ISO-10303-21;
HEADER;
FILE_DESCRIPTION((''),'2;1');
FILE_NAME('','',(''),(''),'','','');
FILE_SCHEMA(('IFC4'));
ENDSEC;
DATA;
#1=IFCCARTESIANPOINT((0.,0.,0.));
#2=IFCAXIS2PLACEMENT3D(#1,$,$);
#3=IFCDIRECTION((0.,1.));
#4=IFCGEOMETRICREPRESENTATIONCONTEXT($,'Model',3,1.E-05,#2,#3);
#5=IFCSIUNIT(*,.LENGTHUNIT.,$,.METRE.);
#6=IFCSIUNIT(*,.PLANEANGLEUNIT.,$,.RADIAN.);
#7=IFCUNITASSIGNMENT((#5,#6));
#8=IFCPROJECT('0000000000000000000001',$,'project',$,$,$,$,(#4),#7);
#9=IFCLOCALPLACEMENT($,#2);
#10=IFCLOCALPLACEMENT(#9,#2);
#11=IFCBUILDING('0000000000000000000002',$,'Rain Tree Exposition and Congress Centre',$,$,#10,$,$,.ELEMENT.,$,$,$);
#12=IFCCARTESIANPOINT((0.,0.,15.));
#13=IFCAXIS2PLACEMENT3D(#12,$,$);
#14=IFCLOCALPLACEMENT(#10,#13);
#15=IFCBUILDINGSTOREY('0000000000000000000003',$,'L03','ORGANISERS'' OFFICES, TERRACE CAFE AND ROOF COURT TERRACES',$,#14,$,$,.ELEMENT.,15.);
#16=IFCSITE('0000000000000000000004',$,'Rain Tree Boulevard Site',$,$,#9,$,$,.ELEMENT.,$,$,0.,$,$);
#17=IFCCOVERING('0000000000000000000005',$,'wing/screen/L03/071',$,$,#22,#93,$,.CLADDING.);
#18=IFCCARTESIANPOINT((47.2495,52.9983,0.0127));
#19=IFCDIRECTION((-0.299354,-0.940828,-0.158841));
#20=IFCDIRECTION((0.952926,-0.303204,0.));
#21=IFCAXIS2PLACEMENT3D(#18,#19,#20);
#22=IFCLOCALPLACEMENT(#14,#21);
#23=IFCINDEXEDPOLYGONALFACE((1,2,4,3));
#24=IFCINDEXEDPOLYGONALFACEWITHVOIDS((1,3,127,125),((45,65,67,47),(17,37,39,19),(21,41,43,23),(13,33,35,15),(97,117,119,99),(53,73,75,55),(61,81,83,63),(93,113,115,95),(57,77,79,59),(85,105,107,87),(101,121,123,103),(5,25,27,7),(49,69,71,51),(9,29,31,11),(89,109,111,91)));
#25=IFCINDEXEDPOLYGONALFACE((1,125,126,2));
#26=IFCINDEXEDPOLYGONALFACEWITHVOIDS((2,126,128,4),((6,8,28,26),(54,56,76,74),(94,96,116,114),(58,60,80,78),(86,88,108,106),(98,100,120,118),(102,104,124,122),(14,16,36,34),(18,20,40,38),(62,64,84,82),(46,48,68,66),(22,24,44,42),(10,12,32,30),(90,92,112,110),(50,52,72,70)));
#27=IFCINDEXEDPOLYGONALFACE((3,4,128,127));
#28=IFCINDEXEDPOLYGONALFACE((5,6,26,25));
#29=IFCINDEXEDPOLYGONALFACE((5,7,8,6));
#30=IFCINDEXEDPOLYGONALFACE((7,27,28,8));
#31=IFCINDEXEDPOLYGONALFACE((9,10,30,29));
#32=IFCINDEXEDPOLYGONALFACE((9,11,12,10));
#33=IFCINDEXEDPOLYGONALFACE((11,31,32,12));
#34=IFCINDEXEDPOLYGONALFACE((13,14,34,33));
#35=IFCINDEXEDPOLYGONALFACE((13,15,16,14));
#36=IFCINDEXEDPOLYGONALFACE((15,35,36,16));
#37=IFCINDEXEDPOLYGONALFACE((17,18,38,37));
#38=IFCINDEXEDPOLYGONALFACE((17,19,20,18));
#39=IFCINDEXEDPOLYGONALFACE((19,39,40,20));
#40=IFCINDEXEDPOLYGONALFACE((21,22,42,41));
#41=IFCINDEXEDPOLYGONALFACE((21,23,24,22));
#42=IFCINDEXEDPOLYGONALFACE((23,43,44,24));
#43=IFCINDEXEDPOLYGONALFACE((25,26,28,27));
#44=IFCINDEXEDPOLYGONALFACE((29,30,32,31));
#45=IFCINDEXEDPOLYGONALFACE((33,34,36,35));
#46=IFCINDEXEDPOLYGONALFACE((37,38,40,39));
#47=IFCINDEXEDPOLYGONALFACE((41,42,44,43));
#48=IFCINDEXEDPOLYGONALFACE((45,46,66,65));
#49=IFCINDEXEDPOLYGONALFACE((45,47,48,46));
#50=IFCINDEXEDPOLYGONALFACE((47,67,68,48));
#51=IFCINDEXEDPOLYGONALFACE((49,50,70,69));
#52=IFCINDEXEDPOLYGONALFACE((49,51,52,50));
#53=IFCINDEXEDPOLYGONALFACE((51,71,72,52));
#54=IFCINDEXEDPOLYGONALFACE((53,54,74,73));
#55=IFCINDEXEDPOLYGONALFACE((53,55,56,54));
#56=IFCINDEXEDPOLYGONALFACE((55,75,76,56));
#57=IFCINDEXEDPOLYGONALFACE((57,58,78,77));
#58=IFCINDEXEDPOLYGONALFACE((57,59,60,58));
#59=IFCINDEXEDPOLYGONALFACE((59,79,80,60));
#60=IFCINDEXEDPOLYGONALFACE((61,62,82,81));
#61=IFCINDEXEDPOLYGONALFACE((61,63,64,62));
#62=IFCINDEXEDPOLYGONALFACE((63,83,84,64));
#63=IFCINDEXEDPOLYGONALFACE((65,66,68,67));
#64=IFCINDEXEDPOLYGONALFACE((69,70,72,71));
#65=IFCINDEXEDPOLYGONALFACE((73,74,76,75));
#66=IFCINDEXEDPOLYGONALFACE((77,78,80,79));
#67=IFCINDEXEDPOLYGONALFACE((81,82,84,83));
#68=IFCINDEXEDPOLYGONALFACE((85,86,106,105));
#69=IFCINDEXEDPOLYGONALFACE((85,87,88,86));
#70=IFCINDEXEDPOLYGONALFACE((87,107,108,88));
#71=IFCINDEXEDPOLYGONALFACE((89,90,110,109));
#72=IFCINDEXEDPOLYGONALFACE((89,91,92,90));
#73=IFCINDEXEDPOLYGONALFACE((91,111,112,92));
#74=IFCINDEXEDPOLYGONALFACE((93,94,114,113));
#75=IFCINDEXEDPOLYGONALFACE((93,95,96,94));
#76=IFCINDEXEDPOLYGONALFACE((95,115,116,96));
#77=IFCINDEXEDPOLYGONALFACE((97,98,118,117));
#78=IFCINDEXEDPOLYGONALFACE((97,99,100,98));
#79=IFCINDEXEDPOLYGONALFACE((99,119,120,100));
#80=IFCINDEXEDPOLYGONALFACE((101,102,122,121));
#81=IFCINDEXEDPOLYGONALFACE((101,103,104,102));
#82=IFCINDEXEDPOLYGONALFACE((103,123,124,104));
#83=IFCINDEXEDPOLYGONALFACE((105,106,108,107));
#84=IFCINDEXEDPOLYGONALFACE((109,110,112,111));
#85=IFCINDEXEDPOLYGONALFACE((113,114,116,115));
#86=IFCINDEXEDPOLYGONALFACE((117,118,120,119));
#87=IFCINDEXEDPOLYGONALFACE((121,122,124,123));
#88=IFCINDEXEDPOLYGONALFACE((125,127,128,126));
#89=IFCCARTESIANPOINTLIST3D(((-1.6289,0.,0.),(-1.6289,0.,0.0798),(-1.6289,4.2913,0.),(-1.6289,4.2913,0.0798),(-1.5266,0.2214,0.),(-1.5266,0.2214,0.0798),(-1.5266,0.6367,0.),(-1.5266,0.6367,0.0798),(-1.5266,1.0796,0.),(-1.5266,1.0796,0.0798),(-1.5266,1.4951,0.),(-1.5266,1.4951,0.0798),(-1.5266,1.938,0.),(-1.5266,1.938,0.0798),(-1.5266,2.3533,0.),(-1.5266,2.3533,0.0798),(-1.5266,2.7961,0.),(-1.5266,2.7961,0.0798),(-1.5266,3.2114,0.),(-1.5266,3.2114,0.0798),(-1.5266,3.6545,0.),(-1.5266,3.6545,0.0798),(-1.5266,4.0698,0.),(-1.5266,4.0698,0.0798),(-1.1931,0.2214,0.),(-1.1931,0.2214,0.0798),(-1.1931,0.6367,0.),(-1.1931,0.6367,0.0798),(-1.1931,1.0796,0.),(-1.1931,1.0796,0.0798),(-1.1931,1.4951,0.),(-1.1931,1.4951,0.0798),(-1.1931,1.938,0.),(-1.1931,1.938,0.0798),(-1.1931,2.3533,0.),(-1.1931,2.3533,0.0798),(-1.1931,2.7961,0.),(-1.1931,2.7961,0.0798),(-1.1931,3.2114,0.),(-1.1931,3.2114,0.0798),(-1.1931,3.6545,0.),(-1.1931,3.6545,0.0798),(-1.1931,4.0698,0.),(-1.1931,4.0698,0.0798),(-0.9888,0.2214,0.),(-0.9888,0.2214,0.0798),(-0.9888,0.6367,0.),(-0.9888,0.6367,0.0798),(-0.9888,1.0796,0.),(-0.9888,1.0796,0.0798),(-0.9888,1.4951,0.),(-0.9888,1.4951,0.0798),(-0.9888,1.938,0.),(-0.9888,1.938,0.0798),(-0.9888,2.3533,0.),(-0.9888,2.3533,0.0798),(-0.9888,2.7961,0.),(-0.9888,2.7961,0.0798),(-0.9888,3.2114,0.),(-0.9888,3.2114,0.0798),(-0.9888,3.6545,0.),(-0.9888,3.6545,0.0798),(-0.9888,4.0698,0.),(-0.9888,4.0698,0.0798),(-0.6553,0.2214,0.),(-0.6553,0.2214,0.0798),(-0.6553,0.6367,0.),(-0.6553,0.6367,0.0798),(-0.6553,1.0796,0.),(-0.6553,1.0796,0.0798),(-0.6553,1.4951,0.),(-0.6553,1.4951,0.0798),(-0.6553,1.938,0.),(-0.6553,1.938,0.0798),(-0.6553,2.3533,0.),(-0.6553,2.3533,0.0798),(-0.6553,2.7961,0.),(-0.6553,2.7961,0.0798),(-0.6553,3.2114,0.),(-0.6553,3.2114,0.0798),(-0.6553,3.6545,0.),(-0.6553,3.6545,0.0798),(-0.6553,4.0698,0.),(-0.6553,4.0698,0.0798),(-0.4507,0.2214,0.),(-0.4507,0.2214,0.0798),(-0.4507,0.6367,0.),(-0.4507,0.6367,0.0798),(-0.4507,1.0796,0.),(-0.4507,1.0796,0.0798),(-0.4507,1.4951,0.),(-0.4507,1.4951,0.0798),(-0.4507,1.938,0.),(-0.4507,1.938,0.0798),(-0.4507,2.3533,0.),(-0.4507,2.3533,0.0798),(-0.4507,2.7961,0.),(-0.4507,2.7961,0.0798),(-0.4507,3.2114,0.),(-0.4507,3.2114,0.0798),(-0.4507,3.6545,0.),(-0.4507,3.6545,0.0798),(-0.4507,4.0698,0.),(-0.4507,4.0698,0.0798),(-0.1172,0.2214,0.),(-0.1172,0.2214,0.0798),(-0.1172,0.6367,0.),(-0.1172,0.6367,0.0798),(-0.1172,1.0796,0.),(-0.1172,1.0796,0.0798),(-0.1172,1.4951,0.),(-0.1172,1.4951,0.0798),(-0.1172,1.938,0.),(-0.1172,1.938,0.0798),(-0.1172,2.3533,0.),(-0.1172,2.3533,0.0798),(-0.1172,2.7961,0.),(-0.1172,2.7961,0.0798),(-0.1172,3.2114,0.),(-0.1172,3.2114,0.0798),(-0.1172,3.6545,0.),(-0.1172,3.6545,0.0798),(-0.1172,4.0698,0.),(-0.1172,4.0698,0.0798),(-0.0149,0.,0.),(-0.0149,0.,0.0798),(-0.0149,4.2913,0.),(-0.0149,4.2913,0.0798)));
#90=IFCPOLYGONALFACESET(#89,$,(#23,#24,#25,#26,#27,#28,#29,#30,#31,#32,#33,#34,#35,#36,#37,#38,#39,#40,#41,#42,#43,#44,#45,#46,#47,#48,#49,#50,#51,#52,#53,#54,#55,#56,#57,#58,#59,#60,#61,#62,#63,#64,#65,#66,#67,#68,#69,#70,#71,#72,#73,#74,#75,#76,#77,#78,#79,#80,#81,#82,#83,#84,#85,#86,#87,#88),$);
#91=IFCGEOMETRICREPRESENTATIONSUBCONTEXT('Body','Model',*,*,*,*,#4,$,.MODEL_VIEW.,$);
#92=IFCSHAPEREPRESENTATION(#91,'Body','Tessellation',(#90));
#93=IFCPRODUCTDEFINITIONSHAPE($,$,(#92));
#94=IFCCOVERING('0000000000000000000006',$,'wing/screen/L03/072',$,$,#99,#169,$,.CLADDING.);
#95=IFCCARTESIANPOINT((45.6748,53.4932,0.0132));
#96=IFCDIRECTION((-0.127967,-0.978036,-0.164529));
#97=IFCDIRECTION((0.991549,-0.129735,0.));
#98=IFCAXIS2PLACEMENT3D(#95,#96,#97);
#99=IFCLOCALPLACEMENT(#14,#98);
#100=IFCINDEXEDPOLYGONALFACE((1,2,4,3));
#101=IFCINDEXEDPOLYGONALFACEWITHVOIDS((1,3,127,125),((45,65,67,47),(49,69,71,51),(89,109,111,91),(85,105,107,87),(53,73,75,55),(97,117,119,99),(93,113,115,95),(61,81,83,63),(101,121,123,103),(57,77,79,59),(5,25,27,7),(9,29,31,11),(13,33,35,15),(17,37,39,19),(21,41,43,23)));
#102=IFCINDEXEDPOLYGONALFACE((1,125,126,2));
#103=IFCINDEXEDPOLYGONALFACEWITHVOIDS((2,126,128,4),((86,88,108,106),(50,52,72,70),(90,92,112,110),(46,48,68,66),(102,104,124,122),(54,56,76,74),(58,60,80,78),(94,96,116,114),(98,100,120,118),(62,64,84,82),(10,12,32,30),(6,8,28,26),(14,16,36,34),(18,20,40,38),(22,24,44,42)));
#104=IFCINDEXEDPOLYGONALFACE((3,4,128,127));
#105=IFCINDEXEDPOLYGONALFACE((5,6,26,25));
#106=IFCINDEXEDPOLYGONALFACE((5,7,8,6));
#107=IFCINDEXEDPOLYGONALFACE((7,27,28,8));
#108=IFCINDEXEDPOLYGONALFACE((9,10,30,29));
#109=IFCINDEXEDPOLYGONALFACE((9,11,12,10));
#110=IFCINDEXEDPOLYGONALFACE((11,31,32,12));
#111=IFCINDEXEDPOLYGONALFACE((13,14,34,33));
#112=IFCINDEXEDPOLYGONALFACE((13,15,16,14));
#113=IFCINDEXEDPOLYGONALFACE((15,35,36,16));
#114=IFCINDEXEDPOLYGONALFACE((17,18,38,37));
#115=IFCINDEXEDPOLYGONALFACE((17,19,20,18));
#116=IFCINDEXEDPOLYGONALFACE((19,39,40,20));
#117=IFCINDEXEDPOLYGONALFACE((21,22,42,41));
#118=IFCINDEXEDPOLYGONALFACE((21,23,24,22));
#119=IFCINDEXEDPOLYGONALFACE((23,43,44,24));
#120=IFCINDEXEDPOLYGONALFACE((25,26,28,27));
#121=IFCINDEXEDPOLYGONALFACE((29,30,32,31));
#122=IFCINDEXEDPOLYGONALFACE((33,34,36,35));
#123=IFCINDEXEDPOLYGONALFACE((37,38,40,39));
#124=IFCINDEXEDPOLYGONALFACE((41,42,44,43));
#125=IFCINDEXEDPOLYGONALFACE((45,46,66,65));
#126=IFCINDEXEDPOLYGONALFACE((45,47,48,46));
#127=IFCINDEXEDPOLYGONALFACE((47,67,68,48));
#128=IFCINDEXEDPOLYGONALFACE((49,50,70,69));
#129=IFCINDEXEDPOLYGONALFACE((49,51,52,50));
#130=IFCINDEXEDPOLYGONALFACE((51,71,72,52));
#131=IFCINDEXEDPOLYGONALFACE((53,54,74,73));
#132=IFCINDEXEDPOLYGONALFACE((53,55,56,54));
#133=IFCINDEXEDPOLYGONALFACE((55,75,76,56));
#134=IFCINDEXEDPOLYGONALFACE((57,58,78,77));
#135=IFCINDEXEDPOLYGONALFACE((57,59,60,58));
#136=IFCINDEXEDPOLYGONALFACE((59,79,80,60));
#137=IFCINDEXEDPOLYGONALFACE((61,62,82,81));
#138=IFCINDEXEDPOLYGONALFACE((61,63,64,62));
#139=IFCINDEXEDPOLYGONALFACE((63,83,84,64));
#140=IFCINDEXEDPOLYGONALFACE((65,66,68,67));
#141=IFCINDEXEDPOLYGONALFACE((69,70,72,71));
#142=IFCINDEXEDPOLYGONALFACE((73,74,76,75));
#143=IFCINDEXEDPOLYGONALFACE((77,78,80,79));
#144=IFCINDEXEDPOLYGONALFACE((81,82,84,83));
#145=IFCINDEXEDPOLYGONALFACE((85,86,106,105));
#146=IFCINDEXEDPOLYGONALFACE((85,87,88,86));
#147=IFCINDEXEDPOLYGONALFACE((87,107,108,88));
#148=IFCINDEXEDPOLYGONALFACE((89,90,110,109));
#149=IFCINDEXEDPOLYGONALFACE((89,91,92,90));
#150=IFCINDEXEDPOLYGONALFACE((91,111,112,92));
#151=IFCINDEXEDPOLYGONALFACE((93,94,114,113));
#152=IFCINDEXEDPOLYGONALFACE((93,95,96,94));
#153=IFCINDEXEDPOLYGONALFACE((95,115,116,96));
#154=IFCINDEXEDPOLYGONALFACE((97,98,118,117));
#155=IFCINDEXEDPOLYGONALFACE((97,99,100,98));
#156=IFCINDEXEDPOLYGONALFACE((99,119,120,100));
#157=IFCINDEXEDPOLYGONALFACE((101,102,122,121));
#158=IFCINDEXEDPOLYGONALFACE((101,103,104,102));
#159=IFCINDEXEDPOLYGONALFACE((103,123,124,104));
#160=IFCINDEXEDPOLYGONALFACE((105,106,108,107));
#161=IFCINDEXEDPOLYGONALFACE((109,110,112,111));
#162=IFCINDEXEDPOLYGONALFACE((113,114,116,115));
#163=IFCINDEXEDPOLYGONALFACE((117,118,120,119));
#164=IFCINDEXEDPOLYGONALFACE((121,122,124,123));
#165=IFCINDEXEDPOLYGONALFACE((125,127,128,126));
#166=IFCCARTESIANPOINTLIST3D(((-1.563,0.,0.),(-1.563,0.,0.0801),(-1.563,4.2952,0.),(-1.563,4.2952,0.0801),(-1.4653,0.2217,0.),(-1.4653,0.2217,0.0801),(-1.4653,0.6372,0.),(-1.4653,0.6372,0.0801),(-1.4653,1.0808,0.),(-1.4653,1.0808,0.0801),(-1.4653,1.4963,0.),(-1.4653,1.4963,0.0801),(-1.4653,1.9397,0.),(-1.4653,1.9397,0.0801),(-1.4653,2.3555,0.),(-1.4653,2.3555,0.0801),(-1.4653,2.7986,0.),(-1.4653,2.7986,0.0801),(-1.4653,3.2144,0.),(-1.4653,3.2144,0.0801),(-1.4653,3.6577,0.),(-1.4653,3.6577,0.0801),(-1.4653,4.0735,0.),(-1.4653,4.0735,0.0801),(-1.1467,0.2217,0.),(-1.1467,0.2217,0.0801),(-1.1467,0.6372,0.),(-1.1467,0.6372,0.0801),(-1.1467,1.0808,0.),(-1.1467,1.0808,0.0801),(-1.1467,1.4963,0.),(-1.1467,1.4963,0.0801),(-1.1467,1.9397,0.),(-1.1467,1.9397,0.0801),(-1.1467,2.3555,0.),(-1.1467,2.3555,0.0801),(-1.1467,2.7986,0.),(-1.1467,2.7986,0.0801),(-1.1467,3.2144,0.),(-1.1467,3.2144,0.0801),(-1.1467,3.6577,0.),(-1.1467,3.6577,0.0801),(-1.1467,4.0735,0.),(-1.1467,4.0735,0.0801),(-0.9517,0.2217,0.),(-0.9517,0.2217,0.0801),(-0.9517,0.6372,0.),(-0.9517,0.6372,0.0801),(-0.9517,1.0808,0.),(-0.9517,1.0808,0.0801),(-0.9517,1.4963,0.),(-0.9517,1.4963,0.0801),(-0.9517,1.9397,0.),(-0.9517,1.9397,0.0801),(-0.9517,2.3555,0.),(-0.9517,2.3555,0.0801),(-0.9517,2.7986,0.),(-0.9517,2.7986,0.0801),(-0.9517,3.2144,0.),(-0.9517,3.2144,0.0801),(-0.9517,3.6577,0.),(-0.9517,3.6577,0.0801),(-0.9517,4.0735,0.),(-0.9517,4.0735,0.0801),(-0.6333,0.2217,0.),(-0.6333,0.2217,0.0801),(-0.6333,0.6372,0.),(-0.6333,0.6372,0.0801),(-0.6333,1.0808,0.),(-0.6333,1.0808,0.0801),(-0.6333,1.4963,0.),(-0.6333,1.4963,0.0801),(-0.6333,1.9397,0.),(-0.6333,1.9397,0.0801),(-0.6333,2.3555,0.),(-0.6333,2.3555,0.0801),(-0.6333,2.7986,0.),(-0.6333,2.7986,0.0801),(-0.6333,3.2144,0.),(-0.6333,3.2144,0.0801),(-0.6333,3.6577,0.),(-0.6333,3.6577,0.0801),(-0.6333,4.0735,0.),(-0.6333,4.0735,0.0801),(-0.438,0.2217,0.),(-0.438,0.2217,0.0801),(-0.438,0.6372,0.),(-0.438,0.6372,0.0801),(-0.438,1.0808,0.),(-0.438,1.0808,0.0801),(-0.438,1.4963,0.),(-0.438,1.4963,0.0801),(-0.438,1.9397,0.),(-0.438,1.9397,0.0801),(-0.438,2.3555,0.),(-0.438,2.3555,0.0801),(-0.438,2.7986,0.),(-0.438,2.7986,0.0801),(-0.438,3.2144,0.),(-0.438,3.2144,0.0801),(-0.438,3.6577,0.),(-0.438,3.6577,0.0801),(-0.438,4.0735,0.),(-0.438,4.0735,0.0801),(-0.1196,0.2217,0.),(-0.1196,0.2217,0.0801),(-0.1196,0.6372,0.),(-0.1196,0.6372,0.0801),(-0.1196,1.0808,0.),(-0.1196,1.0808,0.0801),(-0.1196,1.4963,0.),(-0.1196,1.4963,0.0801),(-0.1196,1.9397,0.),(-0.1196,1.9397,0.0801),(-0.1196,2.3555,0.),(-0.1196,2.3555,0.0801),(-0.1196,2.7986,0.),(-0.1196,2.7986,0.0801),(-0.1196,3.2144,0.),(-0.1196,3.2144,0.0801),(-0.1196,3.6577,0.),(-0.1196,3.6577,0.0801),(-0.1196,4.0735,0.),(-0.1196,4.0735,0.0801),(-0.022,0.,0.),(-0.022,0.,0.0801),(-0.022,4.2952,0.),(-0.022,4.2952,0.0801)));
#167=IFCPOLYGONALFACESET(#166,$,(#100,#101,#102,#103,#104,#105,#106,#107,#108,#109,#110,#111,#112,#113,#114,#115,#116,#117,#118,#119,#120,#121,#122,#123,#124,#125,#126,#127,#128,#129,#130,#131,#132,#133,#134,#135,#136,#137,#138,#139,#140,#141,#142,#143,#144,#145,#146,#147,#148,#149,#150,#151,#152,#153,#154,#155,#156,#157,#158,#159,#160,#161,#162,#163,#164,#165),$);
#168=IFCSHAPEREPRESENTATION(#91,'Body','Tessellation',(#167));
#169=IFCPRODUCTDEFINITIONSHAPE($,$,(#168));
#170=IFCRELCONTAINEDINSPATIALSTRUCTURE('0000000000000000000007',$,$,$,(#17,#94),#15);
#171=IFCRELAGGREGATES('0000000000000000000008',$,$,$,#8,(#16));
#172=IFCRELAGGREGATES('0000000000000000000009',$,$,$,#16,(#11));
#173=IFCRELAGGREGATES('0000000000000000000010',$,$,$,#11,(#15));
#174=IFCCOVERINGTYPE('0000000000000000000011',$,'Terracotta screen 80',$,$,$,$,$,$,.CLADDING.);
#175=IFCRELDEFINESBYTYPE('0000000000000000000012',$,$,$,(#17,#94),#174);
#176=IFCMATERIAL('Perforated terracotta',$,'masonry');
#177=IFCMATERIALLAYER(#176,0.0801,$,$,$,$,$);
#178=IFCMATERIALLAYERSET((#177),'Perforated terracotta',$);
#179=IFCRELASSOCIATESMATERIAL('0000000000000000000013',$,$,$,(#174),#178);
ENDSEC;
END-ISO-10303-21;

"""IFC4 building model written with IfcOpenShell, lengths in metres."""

from ifc_helpers import new_model, si_unit, direction, frame, origin, place, context, subcontext, project, spatial, polyline, outline, extrude, material, layer, layer_set, type_object, element, save


model = new_model("IFC4")

# Units and contexts
model_context = context("Model", 3, precision=1e-05, world=origin(), true_north=direction((0.0, 1.0)))
body_context = subcontext(model_context, "Body", "Model", "MODEL_VIEW")
ifc_project = project(units=[si_unit("LENGTHUNIT", "METRE"), si_unit("PLANEANGLEUNIT", "RADIAN")], contexts=[model_context])

# Site, building, storey
site_placement = place(None, origin())
site = spatial("IfcSite", under=ifc_project, at=site_placement, Name="Rain Tree Boulevard Site", CompositionType="ELEMENT", RefElevation=0.0)
building_placement = place(site_placement, origin())
building = spatial("IfcBuilding", under=site, at=building_placement, Name="Rain Tree Exposition and Congress Centre", CompositionType="ELEMENT")
storey_placement = place(building_placement, frame((0.0, 0.0, 15.0)))
storey = spatial("IfcBuildingStorey", under=building, at=storey_placement, Name="L03", Description="ORGANISERS' OFFICES, TERRACE CAFE AND ROOF COURT TERRACES", CompositionType="ELEMENT", Elevation=15.0)

# Coverings
ifc_material_1 = material(Name="Perforated terracotta", Category="masonry")
ifc_layer_1 = layer(ifc_material_1, 0.0801)
ifc_layer_set_1 = layer_set([ifc_layer_1], Name="Perforated terracotta")
covering_type_1 = type_object("IfcCoveringType", Name="Terracotta screen 80", PredefinedType="CLADDING", material=ifc_layer_set_1)
covering_1_placement = place(storey_placement, frame((47.2495, 52.9983, 0.0127), z_axis=(-0.299354, -0.940828, -0.158841), x_axis=(0.952926, -0.303204, 0.0)))
element("IfcCovering", 1, at=covering_1_placement, inside=storey, type_object=covering_type_1, Name="wing/screen/L03/071", PredefinedType="CLADDING", context=body_context, shape_type="SweptSolid", body=[
    extrude(outline(polyline([(-1.6289, 0.0), (-1.6289, 4.2913), (-0.0149, 4.2913), (-0.0149, 0.0), (-1.6289, 0.0)]), holes=[polyline([(-0.1172, 0.2214), (-0.1172, 0.6367), (-0.4507, 0.6367), (-0.4507, 0.2214), (-0.1172, 0.2214)]), polyline([(-0.1172, 1.0796), (-0.1172, 1.4951), (-0.4507, 1.4951), (-0.4507, 1.0796), (-0.1172, 1.0796)]), polyline([(-0.1172, 1.938), (-0.1172, 2.3533), (-0.4507, 2.3533), (-0.4507, 1.938), (-0.1172, 1.938)]), polyline([(-0.1172, 2.7961), (-0.1172, 3.2114), (-0.4507, 3.2114), (-0.4507, 2.7961), (-0.1172, 2.7961)]), polyline([(-0.1172, 3.6545), (-0.1172, 4.0698), (-0.4507, 4.0698), (-0.4507, 3.6545), (-0.1172, 3.6545)]), polyline([(-0.6553, 0.2214), (-0.6553, 0.6367), (-0.9888, 0.6367), (-0.9888, 0.2214), (-0.6553, 0.2214)]), polyline([(-0.6553, 1.0796), (-0.6553, 1.4951), (-0.9888, 1.4951), (-0.9888, 1.0796), (-0.6553, 1.0796)]), polyline([(-0.6553, 1.938), (-0.6553, 2.3533), (-0.9888, 2.3533), (-0.9888, 1.938), (-0.6553, 1.938)]), polyline([(-0.6553, 2.7961), (-0.6553, 3.2114), (-0.9888, 3.2114), (-0.9888, 2.7961), (-0.6553, 2.7961)]), polyline([(-0.6553, 3.6545), (-0.6553, 4.0698), (-0.9888, 4.0698), (-0.9888, 3.6545), (-0.6553, 3.6545)]), polyline([(-1.1931, 0.2214), (-1.1931, 0.6367), (-1.5266, 0.6367), (-1.5266, 0.2214), (-1.1931, 0.2214)]), polyline([(-1.1931, 1.0796), (-1.1931, 1.4951), (-1.5266, 1.4951), (-1.5266, 1.0796), (-1.1931, 1.0796)]), polyline([(-1.1931, 1.938), (-1.1931, 2.3533), (-1.5266, 2.3533), (-1.5266, 1.938), (-1.1931, 1.938)]), polyline([(-1.1931, 2.7961), (-1.1931, 3.2114), (-1.5266, 3.2114), (-1.5266, 2.7961), (-1.1931, 2.7961)]), polyline([(-1.1931, 3.6545), (-1.1931, 4.0698), (-1.5266, 4.0698), (-1.5266, 3.6545), (-1.1931, 3.6545)])]), origin(), (0.0, 0.0, 1.0), 0.0798),
])
covering_2_placement = place(storey_placement, frame((45.6748, 53.4932, 0.0132), z_axis=(-0.127967, -0.978036, -0.164529), x_axis=(0.991549, -0.129735, 0.0)))
element("IfcCovering", 2, at=covering_2_placement, inside=storey, type_object=covering_type_1, Name="wing/screen/L03/072", PredefinedType="CLADDING", context=body_context, shape_type="SweptSolid", body=[
    extrude(outline(polyline([(-1.563, 0.0), (-1.563, 4.2952), (-0.022, 4.2952), (-0.022, 0.0), (-1.563, 0.0)]), holes=[polyline([(-0.1196, 0.2217), (-0.1196, 0.6372), (-0.438, 0.6372), (-0.438, 0.2217), (-0.1196, 0.2217)]), polyline([(-0.1196, 1.0808), (-0.1196, 1.4963), (-0.438, 1.4963), (-0.438, 1.0808), (-0.1196, 1.0808)]), polyline([(-0.1196, 1.9397), (-0.1196, 2.3555), (-0.438, 2.3555), (-0.438, 1.9397), (-0.1196, 1.9397)]), polyline([(-0.1196, 2.7986), (-0.1196, 3.2144), (-0.438, 3.2144), (-0.438, 2.7986), (-0.1196, 2.7986)]), polyline([(-0.1196, 3.6577), (-0.1196, 4.0735), (-0.438, 4.0735), (-0.438, 3.6577), (-0.1196, 3.6577)]), polyline([(-0.6333, 0.2217), (-0.6333, 0.6372), (-0.9517, 0.6372), (-0.9517, 0.2217), (-0.6333, 0.2217)]), polyline([(-0.6333, 1.0808), (-0.6333, 1.4963), (-0.9517, 1.4963), (-0.9517, 1.0808), (-0.6333, 1.0808)]), polyline([(-0.6333, 1.9397), (-0.6333, 2.3555), (-0.9517, 2.3555), (-0.9517, 1.9397), (-0.6333, 1.9397)]), polyline([(-0.6333, 2.7986), (-0.6333, 3.2144), (-0.9517, 3.2144), (-0.9517, 2.7986), (-0.6333, 2.7986)]), polyline([(-0.6333, 3.6577), (-0.6333, 4.0735), (-0.9517, 4.0735), (-0.9517, 3.6577), (-0.6333, 3.6577)]), polyline([(-1.1467, 0.2217), (-1.1467, 0.6372), (-1.4653, 0.6372), (-1.4653, 0.2217), (-1.1467, 0.2217)]), polyline([(-1.1467, 1.0808), (-1.1467, 1.4963), (-1.4653, 1.4963), (-1.4653, 1.0808), (-1.1467, 1.0808)]), polyline([(-1.1467, 1.9397), (-1.1467, 2.3555), (-1.4653, 2.3555), (-1.4653, 1.9397), (-1.1467, 1.9397)]), polyline([(-1.1467, 2.7986), (-1.1467, 3.2144), (-1.4653, 3.2144), (-1.4653, 2.7986), (-1.1467, 2.7986)]), polyline([(-1.1467, 3.6577), (-1.1467, 4.0735), (-1.4653, 4.0735), (-1.4653, 3.6577), (-1.1467, 3.6577)])]), origin(), (0.0, 0.0, 1.0), 0.0801),
])

save(model, "model.ifc")
